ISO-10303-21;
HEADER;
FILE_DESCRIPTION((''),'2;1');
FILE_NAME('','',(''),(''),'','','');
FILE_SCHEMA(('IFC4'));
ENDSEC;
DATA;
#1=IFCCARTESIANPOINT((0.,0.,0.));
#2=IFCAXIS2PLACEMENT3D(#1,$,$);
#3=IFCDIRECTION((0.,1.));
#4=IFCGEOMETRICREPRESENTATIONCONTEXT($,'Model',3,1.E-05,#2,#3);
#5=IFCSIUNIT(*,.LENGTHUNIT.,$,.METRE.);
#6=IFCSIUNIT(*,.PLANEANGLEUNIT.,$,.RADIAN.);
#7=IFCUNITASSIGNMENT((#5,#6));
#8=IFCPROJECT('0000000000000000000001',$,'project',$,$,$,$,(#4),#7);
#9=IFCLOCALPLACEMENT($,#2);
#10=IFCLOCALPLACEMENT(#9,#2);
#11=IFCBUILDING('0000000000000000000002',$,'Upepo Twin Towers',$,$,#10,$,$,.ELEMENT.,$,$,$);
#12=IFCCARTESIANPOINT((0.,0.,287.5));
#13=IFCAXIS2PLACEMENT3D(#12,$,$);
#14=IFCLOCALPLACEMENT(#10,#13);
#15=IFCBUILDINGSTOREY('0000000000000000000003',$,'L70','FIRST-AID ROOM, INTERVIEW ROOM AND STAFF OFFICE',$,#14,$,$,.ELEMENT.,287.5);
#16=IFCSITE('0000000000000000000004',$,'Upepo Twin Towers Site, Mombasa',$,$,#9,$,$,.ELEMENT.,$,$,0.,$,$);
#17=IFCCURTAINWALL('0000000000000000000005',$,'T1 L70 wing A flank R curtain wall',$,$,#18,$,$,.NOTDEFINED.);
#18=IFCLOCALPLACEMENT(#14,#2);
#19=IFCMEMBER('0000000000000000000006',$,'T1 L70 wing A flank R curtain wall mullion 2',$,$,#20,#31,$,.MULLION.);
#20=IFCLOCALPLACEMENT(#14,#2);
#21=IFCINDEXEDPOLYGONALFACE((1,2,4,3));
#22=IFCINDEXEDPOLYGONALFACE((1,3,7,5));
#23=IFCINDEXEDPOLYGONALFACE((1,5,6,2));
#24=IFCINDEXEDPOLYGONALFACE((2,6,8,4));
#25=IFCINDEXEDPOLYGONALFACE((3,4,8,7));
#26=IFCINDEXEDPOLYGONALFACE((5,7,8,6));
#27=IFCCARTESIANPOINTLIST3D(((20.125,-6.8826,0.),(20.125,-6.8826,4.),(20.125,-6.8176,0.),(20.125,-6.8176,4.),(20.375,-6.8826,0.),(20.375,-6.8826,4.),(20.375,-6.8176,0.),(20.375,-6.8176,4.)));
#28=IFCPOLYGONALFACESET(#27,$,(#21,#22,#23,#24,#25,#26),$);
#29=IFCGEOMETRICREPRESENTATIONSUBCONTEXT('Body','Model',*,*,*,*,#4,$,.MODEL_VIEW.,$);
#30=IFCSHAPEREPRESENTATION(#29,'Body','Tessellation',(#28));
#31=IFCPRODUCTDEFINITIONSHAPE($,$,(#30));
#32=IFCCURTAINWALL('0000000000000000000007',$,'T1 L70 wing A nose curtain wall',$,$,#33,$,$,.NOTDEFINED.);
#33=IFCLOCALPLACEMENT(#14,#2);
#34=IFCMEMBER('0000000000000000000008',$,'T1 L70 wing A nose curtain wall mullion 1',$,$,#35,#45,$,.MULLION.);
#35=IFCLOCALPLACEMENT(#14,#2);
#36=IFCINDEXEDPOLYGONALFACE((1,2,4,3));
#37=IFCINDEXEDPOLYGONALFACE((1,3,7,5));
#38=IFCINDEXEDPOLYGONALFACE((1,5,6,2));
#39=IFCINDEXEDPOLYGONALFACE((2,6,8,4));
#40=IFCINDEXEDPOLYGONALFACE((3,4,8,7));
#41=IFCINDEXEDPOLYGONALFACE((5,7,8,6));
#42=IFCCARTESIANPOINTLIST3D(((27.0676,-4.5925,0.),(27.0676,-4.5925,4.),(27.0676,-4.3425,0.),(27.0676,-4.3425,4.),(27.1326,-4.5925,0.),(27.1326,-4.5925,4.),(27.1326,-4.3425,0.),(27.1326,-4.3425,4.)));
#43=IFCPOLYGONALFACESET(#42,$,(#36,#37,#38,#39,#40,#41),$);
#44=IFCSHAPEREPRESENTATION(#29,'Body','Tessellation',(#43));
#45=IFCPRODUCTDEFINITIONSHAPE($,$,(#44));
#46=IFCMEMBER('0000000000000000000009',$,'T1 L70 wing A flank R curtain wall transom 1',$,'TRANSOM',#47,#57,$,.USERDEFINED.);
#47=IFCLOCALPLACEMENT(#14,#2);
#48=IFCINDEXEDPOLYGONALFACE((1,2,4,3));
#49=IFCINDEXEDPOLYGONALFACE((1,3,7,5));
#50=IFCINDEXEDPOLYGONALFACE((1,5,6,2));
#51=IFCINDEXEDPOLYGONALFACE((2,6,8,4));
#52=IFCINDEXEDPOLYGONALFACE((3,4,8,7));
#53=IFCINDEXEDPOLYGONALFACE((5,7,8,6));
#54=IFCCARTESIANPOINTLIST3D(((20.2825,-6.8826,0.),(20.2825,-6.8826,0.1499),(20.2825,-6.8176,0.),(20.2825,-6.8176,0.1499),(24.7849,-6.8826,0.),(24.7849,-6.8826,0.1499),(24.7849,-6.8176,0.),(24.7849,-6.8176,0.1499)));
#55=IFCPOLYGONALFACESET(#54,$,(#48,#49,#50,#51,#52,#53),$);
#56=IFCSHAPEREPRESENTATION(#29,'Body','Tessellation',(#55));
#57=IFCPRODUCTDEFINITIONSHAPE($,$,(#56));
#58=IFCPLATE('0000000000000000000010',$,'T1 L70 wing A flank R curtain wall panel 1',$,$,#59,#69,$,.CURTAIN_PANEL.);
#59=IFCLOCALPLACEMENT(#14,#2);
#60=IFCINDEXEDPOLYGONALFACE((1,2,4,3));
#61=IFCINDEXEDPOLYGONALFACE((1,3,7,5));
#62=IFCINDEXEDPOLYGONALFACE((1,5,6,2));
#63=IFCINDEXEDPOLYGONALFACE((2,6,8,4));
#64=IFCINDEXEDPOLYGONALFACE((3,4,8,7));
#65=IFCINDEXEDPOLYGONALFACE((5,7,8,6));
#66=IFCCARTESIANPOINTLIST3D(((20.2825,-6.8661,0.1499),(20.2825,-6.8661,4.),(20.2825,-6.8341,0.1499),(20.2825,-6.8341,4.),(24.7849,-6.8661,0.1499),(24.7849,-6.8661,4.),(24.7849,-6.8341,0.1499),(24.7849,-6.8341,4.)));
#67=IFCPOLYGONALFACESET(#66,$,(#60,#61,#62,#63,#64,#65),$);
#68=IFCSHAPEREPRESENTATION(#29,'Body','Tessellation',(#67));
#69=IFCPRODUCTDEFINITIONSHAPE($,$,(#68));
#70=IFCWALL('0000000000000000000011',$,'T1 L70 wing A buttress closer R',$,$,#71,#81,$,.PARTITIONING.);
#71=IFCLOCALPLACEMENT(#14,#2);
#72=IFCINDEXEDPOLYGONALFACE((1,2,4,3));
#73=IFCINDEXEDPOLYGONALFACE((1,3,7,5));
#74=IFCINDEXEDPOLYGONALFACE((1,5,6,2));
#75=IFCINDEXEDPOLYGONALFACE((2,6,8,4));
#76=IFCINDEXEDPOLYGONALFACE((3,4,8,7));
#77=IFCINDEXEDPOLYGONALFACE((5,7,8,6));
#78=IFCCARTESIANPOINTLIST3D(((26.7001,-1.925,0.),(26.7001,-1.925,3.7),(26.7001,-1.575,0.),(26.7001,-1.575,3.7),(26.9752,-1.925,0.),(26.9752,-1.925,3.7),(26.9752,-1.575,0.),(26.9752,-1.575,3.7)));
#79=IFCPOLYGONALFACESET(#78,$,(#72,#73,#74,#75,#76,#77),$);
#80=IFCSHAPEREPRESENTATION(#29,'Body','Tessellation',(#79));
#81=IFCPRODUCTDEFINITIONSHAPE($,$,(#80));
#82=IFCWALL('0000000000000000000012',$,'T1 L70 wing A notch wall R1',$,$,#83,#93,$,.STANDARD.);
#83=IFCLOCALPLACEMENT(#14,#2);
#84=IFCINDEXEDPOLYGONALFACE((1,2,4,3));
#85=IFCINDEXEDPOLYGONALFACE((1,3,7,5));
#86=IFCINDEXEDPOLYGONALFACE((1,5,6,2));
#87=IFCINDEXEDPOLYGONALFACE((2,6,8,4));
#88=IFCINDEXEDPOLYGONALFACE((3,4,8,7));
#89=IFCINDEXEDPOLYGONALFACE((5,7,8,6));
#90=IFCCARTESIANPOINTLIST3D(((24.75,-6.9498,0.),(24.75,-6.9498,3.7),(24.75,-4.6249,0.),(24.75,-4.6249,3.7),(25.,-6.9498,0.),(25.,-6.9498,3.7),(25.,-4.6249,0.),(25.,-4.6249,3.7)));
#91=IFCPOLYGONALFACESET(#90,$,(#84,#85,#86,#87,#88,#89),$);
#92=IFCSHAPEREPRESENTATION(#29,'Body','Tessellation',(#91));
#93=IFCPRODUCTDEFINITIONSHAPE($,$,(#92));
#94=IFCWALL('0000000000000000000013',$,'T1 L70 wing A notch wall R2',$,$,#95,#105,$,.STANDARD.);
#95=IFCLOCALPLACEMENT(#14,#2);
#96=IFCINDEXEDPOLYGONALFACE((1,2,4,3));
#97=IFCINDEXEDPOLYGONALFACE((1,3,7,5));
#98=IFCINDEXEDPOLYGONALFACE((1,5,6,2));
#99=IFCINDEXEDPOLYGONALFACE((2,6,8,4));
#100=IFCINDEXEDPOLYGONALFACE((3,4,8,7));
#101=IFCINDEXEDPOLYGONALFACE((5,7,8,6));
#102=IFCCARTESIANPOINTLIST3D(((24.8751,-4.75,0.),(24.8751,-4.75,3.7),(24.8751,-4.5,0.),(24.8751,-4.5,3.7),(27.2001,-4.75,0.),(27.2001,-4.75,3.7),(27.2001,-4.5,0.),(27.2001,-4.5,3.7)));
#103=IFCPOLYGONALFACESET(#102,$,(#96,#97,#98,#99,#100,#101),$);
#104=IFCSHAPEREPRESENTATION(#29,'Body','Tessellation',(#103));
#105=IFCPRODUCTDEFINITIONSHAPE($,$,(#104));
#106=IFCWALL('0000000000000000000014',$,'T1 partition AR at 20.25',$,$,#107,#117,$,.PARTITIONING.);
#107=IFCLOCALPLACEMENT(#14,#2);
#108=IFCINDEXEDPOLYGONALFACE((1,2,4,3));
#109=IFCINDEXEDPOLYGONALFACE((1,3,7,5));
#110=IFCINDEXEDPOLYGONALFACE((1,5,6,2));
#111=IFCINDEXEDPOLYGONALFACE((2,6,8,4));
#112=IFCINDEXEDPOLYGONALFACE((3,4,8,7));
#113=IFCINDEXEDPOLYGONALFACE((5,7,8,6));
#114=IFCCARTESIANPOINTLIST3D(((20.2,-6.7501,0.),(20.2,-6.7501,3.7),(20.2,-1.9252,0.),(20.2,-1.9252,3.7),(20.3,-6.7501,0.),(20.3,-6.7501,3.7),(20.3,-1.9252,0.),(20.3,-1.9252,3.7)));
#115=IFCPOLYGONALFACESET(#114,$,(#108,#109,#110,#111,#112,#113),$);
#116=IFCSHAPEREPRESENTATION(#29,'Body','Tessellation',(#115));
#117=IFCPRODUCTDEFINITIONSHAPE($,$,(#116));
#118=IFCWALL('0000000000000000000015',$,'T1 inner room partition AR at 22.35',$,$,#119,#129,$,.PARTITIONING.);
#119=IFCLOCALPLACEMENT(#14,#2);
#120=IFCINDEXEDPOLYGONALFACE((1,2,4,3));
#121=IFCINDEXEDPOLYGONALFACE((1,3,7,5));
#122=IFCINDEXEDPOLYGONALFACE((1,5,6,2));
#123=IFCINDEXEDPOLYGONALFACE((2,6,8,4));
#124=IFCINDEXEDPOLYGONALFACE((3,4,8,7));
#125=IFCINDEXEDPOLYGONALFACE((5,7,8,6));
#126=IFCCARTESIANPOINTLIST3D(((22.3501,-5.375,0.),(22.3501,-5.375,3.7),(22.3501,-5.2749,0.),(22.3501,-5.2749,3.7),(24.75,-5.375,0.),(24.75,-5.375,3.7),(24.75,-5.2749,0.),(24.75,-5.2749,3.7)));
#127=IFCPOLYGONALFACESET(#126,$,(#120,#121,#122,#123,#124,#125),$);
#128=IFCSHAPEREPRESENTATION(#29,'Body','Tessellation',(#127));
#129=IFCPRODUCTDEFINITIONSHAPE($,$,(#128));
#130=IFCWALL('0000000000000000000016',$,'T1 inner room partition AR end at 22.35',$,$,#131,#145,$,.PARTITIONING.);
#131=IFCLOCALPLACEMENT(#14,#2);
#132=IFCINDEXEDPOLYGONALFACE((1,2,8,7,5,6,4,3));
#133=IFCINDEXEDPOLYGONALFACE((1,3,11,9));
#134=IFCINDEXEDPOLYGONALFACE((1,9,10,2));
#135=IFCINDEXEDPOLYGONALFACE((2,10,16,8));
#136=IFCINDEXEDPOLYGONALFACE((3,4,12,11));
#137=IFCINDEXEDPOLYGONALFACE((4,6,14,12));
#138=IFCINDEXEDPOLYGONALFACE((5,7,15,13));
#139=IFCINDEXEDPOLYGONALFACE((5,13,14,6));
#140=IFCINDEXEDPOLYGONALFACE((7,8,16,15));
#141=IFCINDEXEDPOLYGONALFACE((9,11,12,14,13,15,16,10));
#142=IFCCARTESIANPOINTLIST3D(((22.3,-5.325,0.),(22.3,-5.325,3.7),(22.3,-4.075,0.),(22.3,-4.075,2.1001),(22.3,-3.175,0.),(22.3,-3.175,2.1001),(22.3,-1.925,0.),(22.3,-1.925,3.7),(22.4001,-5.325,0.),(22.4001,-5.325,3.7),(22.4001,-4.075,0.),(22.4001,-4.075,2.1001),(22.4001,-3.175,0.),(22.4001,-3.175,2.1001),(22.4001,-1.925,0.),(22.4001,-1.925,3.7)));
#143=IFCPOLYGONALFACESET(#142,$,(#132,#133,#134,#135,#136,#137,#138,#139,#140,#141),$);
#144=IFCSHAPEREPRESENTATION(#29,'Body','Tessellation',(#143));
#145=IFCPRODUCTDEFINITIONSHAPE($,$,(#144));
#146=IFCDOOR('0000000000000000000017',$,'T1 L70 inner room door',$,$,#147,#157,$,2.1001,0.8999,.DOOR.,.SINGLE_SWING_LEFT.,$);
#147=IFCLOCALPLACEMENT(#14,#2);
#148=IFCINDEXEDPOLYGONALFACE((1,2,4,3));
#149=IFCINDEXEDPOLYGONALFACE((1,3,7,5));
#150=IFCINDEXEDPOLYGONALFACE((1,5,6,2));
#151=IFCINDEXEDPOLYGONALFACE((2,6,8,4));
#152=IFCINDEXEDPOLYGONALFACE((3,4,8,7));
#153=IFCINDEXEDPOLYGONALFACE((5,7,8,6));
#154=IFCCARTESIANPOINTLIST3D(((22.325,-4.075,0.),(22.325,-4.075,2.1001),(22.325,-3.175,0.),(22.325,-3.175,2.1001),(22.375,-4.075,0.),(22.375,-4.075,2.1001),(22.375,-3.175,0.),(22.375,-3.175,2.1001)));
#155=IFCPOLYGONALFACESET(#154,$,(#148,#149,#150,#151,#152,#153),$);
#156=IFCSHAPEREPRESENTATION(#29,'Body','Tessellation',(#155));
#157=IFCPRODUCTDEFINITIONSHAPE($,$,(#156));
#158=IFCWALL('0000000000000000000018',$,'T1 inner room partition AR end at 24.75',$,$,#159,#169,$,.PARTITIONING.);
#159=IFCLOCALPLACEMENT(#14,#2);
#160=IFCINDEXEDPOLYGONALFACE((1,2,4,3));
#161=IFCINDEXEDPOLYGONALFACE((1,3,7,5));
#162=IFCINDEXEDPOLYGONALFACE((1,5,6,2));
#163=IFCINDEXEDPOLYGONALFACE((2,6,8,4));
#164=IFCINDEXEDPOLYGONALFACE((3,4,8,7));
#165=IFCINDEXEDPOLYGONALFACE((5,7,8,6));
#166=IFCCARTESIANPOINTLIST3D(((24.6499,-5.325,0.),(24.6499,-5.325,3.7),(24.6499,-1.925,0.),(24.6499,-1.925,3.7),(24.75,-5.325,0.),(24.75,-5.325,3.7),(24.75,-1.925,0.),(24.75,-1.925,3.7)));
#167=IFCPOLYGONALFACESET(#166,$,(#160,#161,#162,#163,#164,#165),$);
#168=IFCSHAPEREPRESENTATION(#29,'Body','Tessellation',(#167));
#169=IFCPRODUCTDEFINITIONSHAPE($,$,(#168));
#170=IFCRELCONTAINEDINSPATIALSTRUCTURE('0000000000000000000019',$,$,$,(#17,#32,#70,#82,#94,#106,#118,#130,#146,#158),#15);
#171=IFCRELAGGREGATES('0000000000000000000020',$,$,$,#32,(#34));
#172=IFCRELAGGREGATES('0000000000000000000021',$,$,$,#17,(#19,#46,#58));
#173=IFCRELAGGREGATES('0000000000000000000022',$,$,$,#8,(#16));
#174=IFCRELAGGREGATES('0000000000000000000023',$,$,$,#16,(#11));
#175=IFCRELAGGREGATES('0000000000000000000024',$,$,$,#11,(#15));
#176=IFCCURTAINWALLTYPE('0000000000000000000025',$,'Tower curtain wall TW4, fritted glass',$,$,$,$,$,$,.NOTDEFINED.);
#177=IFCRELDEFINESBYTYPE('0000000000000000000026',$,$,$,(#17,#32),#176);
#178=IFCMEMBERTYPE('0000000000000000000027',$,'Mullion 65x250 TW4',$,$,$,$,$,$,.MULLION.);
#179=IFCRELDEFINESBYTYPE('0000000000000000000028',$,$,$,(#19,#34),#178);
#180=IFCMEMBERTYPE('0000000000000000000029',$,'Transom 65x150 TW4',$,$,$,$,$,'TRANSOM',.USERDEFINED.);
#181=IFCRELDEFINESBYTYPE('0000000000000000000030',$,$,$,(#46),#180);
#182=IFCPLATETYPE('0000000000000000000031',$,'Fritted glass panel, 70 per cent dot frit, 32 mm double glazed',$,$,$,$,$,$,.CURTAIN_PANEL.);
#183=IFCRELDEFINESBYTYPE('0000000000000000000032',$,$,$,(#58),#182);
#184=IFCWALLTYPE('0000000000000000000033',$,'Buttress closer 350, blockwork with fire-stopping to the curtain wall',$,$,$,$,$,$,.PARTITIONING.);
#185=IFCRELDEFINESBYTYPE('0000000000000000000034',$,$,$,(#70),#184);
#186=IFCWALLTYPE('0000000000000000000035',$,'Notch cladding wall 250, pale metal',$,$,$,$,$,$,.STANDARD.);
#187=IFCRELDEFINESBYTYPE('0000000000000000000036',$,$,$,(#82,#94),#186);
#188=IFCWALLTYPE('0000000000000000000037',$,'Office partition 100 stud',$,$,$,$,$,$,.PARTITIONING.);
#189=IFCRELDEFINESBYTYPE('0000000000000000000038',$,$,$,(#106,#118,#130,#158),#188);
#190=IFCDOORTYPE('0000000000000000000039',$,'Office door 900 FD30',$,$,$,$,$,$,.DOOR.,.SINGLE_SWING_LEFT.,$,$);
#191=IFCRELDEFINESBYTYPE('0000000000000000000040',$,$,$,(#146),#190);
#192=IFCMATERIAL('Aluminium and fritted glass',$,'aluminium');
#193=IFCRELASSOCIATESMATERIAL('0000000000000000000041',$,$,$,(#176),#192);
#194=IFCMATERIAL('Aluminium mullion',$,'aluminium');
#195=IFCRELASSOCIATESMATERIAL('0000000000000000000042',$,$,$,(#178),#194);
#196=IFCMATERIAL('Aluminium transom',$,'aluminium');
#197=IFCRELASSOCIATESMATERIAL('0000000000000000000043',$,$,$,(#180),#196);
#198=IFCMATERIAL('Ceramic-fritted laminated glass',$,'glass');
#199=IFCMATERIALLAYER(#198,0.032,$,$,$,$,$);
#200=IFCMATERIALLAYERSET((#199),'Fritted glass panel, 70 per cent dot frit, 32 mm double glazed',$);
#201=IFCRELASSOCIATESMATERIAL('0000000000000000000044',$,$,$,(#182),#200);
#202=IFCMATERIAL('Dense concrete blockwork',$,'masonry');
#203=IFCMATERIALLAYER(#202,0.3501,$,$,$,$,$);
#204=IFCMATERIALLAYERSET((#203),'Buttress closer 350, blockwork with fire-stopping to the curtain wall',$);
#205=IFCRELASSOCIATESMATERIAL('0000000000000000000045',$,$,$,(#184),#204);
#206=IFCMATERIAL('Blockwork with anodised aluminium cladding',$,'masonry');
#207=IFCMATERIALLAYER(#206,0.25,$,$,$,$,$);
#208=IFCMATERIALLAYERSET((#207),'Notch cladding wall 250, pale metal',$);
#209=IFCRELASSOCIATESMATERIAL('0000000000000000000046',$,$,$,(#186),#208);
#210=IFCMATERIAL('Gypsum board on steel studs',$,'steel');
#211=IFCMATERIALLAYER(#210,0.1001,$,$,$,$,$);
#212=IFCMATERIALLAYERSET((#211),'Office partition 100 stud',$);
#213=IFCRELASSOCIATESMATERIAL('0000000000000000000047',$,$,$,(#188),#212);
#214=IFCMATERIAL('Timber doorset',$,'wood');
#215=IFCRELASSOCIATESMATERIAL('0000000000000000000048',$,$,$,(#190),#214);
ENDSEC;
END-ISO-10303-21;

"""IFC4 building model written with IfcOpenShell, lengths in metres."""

from ifc_helpers import new_model, si_unit, direction, frame, frame_2d, origin, origin_2d, place, context, subcontext, project, spatial, rectangle, extrude, material, layer, layer_set, material_profile, profile_set, type_object, element, fill, aggregate, save


model = new_model("IFC4")

# Units and contexts
model_context = context("Model", 3, precision=1e-05, world=origin(), true_north=direction((0.0, 1.0)))
body_context = subcontext(model_context, "Body", "Model", "MODEL_VIEW")
ifc_project = project(units=[si_unit("LENGTHUNIT", "METRE"), si_unit("PLANEANGLEUNIT", "RADIAN")], contexts=[model_context])

# Site, building, storey
site_placement = place(None, origin())
site = spatial("IfcSite", under=ifc_project, at=site_placement, Name="Upepo Twin Towers Site, Mombasa", CompositionType="ELEMENT", RefElevation=0.0)
building_placement = place(site_placement, origin())
building = spatial("IfcBuilding", under=site, at=building_placement, Name="Upepo Twin Towers", CompositionType="ELEMENT")
storey_placement = place(building_placement, frame((0.0, 0.0, 287.5)))
storey = spatial("IfcBuildingStorey", under=building, at=storey_placement, Name="L70", Description="FIRST-AID ROOM, INTERVIEW ROOM AND STAFF OFFICE", CompositionType="ELEMENT", Elevation=287.5)

# Curtain wall, member
ifc_material_1 = material(Name="Aluminium and fritted glass", Category="aluminium")
curtain_wall_type = type_object("IfcCurtainWallType", Name="Tower curtain wall TW4, fritted glass", PredefinedType="NOTDEFINED", material=ifc_material_1)
curtain_wall_1_placement = place(storey_placement, origin())
curtain_wall_1 = element("IfcCurtainWall", 1, at=curtain_wall_1_placement, inside=storey, type_object=curtain_wall_type, Name="T1 L70 wing A flank R curtain wall", PredefinedType="NOTDEFINED")
ifc_material_2 = material(Name="Aluminium mullion", Category="aluminium")
ifc_material_profile_1 = material_profile(ifc_material_2, rectangle(XDim=0.0649, YDim=0.25, at=origin_2d()), Name="MULLION 65x250")
ifc_profile_set_1 = profile_set([ifc_material_profile_1], Name="Aluminium mullion")
member_type_1 = type_object("IfcMemberType", Name="Mullion 65x250 TW4", PredefinedType="MULLION", material=ifc_profile_set_1)
member_1_placement = place(storey_placement, frame((20.25, -6.8501, 0.0), z_axis=(0.0, 0.0, 1.0), x_axis=(0.0, -1.0, 0.0)))
member_1 = element("IfcMember", 2, at=member_1_placement, type_object=member_type_1, Name="T1 L70 wing A flank R curtain wall mullion 2", PredefinedType="MULLION", context=body_context, shape_type="SweptSolid", body=[
    extrude(rectangle(XDim=0.0649, YDim=0.25, at=origin_2d()), origin(), (0.0, 0.0, 1.0), 4.0),
])

# Curtain wall, member
curtain_wall_2_placement = place(storey_placement, origin())
curtain_wall_2 = element("IfcCurtainWall", 3, at=curtain_wall_2_placement, inside=storey, type_object=curtain_wall_type, Name="T1 L70 wing A nose curtain wall", PredefinedType="NOTDEFINED")
member_2_placement = place(storey_placement, frame((27.1001, -4.4675, 0.0), z_axis=(0.0, 0.0, 1.0), x_axis=(-1.0, 0.0, 0.0)))
member_2 = element("IfcMember", 4, at=member_2_placement, type_object=member_type_1, Name="T1 L70 wing A nose curtain wall mullion 1", PredefinedType="MULLION", context=body_context, shape_type="SweptSolid", body=[
    extrude(rectangle(XDim=0.0649, YDim=0.25, at=origin_2d()), origin(), (0.0, 0.0, 1.0), 4.0),
])
aggregate(curtain_wall_2, [member_2])

# Member
ifc_material_3 = material(Name="Aluminium transom", Category="aluminium")
ifc_material_profile_2 = material_profile(ifc_material_3, rectangle(XDim=0.0649, YDim=0.1499, at=origin_2d()), Name="TRANSOM 65x150")
ifc_profile_set_2 = profile_set([ifc_material_profile_2], Name="Aluminium transom")
member_type_2 = type_object("IfcMemberType", Name="Transom 65x150 TW4", ElementType="TRANSOM", PredefinedType="USERDEFINED", material=ifc_profile_set_2)
member_3_placement = place(storey_placement, frame((24.7849, -6.8501, 0.075), z_axis=(-1.0, 0.0, 0.0), x_axis=(0.0, -1.0, 0.0)))
member_3 = element("IfcMember", 5, at=member_3_placement, type_object=member_type_2, Name="T1 L70 wing A flank R curtain wall transom 1", ObjectType="TRANSOM", PredefinedType="USERDEFINED", context=body_context, shape_type="SweptSolid", body=[
    extrude(rectangle(XDim=0.0649, YDim=0.1499, at=origin_2d()), origin(), (0.0, 0.0, 1.0), 4.5024),
])

# Plate
ifc_material_4 = material(Name="Ceramic-fritted laminated glass", Category="glass")
ifc_layer_1 = layer(ifc_material_4, 0.032)
ifc_layer_set_1 = layer_set([ifc_layer_1], Name="Fritted glass panel, 70 per cent dot frit, 32 mm double glazed")
plate_type = type_object("IfcPlateType", Name="Fritted glass panel, 70 per cent dot frit, 32 mm double glazed", PredefinedType="CURTAIN_PANEL", material=ifc_layer_set_1)
plate_placement = place(storey_placement, frame((22.5337, -6.8501, 0.1499), z_axis=(0.0, 0.0, 1.0), x_axis=(-1.0, 0.0, 0.0)))
plate = element("IfcPlate", 6, at=plate_placement, type_object=plate_type, Name="T1 L70 wing A flank R curtain wall panel 1", PredefinedType="CURTAIN_PANEL", context=body_context, shape_type="SweptSolid", body=[
    extrude(rectangle(XDim=4.5024, YDim=0.032, at=origin_2d()), origin(), (0.0, 0.0, 1.0), 3.8501),
])
aggregate(curtain_wall_1, [member_1, member_3, plate])

# Walls
ifc_material_5 = material(Name="Dense concrete blockwork", Category="masonry")
ifc_layer_2 = layer(ifc_material_5, 0.3501)
ifc_layer_set_2 = layer_set([ifc_layer_2], Name="Buttress closer 350, blockwork with fire-stopping to the curtain wall")
wall_type_1 = type_object("IfcWallType", Name="Buttress closer 350, blockwork with fire-stopping to the curtain wall", PredefinedType="PARTITIONING", material=ifc_layer_set_2)
wall_1_placement = place(storey_placement, frame((26.7, -1.75, 0.0), z_axis=(0.0, 0.0, 1.0), x_axis=(1.0, 0.0, 0.0)))
element("IfcWall", 7, at=wall_1_placement, inside=storey, type_object=wall_type_1, Name="T1 L70 wing A buttress closer R", PredefinedType="PARTITIONING", context=body_context, shape_type="SweptSolid", body=[
    extrude(rectangle(XDim=0.2751, YDim=0.3501, at=frame_2d((0.1377, 0.0))), origin(), (0.0, 0.0, 1.0), 3.7),
])
ifc_material_6 = material(Name="Blockwork with anodised aluminium cladding", Category="masonry")
ifc_layer_3 = layer(ifc_material_6, 0.25)
ifc_layer_set_3 = layer_set([ifc_layer_3], Name="Notch cladding wall 250, pale metal")
wall_type_2 = type_object("IfcWallType", Name="Notch cladding wall 250, pale metal", PredefinedType="STANDARD", material=ifc_layer_set_3)
for number, where, z_axis, x_axis, name in (
    (8, (24.875, -6.95, 0.0), (0.0, 0.0, 1.0), (0.0, 1.0, 0.0), "T1 L70 wing A notch wall R1"),
    (9, (24.875, -4.625, 0.0), (0.0, 0.0, 1.0), (1.0, 0.0, 0.0), "T1 L70 wing A notch wall R2"),
):
    element("IfcWall", number, at=place(storey_placement, frame(where, z_axis=z_axis, x_axis=x_axis)), inside=storey, type_object=wall_type_2, Name=name, PredefinedType="STANDARD", context=body_context, shape_type="SweptSolid", body=[
        extrude(rectangle(XDim=2.325, YDim=0.25, at=frame_2d((1.1626, 0.0))), origin(), (0.0, 0.0, 1.0), 3.7),
    ])
ifc_material_7 = material(Name="Gypsum board on steel studs", Category="steel")
ifc_layer_4 = layer(ifc_material_7, 0.1001)
ifc_layer_set_4 = layer_set([ifc_layer_4], Name="Office partition 100 stud")
wall_type_3 = type_object("IfcWallType", Name="Office partition 100 stud", PredefinedType="PARTITIONING", material=ifc_layer_set_4)
wall_2_placement = place(storey_placement, frame((20.25, -1.925, 0.0), z_axis=(0.0, 0.0, 1.0), x_axis=(0.0, -1.0, 0.0)))
element("IfcWall", 10, at=wall_2_placement, inside=storey, type_object=wall_type_3, Name="T1 partition AR at 20.25", PredefinedType="PARTITIONING", context=body_context, shape_type="SweptSolid", body=[
    extrude(rectangle(XDim=4.825, YDim=0.1001, at=frame_2d((2.4126, 0.0))), origin(), (0.0, 0.0, 1.0), 3.7),
])
wall_3_placement = place(storey_placement, frame((22.3501, -5.325, 0.0), z_axis=(0.0, 0.0, 1.0), x_axis=(1.0, 0.0, 0.0)))
element("IfcWall", 11, at=wall_3_placement, inside=storey, type_object=wall_type_3, Name="T1 inner room partition AR at 22.35", PredefinedType="PARTITIONING", context=body_context, shape_type="SweptSolid", body=[
    extrude(rectangle(XDim=2.3999, YDim=0.1001, at=frame_2d((1.2, 0.0))), origin(), (0.0, 0.0, 1.0), 3.7),
])

# Wall, opening, door
wall_4_placement = place(storey_placement, frame((22.3501, -1.925, 0.0), z_axis=(0.0, 0.0, 1.0), x_axis=(0.0, -1.0, 0.0)))
wall_4 = element("IfcWall", 12, at=wall_4_placement, inside=storey, type_object=wall_type_3, Name="T1 inner room partition AR end at 22.35", PredefinedType="PARTITIONING", context=body_context, shape_type="SweptSolid", body=[
    extrude(rectangle(XDim=3.3999, YDim=0.1001, at=frame_2d((1.7, 0.0))), origin(), (0.0, 0.0, 1.0), 3.7),
])
opening_placement = place(wall_4_placement, frame((1.25, 0.0, 0.0)))
opening = element("IfcOpeningElement", 13, at=opening_placement, cuts=wall_4, PredefinedType="OPENING", context=body_context, shape_type="SweptSolid", body=[
    extrude(rectangle(XDim=0.8999, YDim=2.1001, at=frame_2d((0.45, 1.05))), frame((0.0, 0.0601, 0.0), z_axis=(0.0, -1.0, 0.0), x_axis=(1.0, 0.0, 0.0)), (0.0, 0.0, 1.0), 0.1201),
])
ifc_material_8 = material(Name="Timber doorset", Category="wood")
door_type = type_object("IfcDoorType", Name="Office door 900 FD30", OperationType="SINGLE_SWING_LEFT", PredefinedType="DOOR", material=ifc_material_8)
door_placement = place(opening_placement, origin())
door = element("IfcDoor", 14, at=door_placement, inside=storey, type_object=door_type, Name="T1 L70 inner room door", OperationType="SINGLE_SWING_LEFT", OverallHeight=2.1001, OverallWidth=0.8999, PredefinedType="DOOR", context=body_context, shape_type="SweptSolid", body=[
    extrude(rectangle(XDim=0.8999, YDim=2.1001, at=frame_2d((0.45, 1.05))), frame((0.0, 0.0249, 0.0), z_axis=(0.0, -1.0, 0.0), x_axis=(1.0, 0.0, 0.0)), (0.0, 0.0, 1.0), 0.05),
])
fill(opening, door)

# Wall
wall_5_placement = place(storey_placement, frame((24.7, -1.925, 0.0), z_axis=(0.0, 0.0, 1.0), x_axis=(0.0, -1.0, 0.0)))
element("IfcWall", 15, at=wall_5_placement, inside=storey, type_object=wall_type_3, Name="T1 inner room partition AR end at 24.75", PredefinedType="PARTITIONING", context=body_context, shape_type="SweptSolid", body=[
    extrude(rectangle(XDim=3.3999, YDim=0.1001, at=frame_2d((1.7, 0.0))), origin(), (0.0, 0.0, 1.0), 3.7),
])

save(model, "model.ifc")
